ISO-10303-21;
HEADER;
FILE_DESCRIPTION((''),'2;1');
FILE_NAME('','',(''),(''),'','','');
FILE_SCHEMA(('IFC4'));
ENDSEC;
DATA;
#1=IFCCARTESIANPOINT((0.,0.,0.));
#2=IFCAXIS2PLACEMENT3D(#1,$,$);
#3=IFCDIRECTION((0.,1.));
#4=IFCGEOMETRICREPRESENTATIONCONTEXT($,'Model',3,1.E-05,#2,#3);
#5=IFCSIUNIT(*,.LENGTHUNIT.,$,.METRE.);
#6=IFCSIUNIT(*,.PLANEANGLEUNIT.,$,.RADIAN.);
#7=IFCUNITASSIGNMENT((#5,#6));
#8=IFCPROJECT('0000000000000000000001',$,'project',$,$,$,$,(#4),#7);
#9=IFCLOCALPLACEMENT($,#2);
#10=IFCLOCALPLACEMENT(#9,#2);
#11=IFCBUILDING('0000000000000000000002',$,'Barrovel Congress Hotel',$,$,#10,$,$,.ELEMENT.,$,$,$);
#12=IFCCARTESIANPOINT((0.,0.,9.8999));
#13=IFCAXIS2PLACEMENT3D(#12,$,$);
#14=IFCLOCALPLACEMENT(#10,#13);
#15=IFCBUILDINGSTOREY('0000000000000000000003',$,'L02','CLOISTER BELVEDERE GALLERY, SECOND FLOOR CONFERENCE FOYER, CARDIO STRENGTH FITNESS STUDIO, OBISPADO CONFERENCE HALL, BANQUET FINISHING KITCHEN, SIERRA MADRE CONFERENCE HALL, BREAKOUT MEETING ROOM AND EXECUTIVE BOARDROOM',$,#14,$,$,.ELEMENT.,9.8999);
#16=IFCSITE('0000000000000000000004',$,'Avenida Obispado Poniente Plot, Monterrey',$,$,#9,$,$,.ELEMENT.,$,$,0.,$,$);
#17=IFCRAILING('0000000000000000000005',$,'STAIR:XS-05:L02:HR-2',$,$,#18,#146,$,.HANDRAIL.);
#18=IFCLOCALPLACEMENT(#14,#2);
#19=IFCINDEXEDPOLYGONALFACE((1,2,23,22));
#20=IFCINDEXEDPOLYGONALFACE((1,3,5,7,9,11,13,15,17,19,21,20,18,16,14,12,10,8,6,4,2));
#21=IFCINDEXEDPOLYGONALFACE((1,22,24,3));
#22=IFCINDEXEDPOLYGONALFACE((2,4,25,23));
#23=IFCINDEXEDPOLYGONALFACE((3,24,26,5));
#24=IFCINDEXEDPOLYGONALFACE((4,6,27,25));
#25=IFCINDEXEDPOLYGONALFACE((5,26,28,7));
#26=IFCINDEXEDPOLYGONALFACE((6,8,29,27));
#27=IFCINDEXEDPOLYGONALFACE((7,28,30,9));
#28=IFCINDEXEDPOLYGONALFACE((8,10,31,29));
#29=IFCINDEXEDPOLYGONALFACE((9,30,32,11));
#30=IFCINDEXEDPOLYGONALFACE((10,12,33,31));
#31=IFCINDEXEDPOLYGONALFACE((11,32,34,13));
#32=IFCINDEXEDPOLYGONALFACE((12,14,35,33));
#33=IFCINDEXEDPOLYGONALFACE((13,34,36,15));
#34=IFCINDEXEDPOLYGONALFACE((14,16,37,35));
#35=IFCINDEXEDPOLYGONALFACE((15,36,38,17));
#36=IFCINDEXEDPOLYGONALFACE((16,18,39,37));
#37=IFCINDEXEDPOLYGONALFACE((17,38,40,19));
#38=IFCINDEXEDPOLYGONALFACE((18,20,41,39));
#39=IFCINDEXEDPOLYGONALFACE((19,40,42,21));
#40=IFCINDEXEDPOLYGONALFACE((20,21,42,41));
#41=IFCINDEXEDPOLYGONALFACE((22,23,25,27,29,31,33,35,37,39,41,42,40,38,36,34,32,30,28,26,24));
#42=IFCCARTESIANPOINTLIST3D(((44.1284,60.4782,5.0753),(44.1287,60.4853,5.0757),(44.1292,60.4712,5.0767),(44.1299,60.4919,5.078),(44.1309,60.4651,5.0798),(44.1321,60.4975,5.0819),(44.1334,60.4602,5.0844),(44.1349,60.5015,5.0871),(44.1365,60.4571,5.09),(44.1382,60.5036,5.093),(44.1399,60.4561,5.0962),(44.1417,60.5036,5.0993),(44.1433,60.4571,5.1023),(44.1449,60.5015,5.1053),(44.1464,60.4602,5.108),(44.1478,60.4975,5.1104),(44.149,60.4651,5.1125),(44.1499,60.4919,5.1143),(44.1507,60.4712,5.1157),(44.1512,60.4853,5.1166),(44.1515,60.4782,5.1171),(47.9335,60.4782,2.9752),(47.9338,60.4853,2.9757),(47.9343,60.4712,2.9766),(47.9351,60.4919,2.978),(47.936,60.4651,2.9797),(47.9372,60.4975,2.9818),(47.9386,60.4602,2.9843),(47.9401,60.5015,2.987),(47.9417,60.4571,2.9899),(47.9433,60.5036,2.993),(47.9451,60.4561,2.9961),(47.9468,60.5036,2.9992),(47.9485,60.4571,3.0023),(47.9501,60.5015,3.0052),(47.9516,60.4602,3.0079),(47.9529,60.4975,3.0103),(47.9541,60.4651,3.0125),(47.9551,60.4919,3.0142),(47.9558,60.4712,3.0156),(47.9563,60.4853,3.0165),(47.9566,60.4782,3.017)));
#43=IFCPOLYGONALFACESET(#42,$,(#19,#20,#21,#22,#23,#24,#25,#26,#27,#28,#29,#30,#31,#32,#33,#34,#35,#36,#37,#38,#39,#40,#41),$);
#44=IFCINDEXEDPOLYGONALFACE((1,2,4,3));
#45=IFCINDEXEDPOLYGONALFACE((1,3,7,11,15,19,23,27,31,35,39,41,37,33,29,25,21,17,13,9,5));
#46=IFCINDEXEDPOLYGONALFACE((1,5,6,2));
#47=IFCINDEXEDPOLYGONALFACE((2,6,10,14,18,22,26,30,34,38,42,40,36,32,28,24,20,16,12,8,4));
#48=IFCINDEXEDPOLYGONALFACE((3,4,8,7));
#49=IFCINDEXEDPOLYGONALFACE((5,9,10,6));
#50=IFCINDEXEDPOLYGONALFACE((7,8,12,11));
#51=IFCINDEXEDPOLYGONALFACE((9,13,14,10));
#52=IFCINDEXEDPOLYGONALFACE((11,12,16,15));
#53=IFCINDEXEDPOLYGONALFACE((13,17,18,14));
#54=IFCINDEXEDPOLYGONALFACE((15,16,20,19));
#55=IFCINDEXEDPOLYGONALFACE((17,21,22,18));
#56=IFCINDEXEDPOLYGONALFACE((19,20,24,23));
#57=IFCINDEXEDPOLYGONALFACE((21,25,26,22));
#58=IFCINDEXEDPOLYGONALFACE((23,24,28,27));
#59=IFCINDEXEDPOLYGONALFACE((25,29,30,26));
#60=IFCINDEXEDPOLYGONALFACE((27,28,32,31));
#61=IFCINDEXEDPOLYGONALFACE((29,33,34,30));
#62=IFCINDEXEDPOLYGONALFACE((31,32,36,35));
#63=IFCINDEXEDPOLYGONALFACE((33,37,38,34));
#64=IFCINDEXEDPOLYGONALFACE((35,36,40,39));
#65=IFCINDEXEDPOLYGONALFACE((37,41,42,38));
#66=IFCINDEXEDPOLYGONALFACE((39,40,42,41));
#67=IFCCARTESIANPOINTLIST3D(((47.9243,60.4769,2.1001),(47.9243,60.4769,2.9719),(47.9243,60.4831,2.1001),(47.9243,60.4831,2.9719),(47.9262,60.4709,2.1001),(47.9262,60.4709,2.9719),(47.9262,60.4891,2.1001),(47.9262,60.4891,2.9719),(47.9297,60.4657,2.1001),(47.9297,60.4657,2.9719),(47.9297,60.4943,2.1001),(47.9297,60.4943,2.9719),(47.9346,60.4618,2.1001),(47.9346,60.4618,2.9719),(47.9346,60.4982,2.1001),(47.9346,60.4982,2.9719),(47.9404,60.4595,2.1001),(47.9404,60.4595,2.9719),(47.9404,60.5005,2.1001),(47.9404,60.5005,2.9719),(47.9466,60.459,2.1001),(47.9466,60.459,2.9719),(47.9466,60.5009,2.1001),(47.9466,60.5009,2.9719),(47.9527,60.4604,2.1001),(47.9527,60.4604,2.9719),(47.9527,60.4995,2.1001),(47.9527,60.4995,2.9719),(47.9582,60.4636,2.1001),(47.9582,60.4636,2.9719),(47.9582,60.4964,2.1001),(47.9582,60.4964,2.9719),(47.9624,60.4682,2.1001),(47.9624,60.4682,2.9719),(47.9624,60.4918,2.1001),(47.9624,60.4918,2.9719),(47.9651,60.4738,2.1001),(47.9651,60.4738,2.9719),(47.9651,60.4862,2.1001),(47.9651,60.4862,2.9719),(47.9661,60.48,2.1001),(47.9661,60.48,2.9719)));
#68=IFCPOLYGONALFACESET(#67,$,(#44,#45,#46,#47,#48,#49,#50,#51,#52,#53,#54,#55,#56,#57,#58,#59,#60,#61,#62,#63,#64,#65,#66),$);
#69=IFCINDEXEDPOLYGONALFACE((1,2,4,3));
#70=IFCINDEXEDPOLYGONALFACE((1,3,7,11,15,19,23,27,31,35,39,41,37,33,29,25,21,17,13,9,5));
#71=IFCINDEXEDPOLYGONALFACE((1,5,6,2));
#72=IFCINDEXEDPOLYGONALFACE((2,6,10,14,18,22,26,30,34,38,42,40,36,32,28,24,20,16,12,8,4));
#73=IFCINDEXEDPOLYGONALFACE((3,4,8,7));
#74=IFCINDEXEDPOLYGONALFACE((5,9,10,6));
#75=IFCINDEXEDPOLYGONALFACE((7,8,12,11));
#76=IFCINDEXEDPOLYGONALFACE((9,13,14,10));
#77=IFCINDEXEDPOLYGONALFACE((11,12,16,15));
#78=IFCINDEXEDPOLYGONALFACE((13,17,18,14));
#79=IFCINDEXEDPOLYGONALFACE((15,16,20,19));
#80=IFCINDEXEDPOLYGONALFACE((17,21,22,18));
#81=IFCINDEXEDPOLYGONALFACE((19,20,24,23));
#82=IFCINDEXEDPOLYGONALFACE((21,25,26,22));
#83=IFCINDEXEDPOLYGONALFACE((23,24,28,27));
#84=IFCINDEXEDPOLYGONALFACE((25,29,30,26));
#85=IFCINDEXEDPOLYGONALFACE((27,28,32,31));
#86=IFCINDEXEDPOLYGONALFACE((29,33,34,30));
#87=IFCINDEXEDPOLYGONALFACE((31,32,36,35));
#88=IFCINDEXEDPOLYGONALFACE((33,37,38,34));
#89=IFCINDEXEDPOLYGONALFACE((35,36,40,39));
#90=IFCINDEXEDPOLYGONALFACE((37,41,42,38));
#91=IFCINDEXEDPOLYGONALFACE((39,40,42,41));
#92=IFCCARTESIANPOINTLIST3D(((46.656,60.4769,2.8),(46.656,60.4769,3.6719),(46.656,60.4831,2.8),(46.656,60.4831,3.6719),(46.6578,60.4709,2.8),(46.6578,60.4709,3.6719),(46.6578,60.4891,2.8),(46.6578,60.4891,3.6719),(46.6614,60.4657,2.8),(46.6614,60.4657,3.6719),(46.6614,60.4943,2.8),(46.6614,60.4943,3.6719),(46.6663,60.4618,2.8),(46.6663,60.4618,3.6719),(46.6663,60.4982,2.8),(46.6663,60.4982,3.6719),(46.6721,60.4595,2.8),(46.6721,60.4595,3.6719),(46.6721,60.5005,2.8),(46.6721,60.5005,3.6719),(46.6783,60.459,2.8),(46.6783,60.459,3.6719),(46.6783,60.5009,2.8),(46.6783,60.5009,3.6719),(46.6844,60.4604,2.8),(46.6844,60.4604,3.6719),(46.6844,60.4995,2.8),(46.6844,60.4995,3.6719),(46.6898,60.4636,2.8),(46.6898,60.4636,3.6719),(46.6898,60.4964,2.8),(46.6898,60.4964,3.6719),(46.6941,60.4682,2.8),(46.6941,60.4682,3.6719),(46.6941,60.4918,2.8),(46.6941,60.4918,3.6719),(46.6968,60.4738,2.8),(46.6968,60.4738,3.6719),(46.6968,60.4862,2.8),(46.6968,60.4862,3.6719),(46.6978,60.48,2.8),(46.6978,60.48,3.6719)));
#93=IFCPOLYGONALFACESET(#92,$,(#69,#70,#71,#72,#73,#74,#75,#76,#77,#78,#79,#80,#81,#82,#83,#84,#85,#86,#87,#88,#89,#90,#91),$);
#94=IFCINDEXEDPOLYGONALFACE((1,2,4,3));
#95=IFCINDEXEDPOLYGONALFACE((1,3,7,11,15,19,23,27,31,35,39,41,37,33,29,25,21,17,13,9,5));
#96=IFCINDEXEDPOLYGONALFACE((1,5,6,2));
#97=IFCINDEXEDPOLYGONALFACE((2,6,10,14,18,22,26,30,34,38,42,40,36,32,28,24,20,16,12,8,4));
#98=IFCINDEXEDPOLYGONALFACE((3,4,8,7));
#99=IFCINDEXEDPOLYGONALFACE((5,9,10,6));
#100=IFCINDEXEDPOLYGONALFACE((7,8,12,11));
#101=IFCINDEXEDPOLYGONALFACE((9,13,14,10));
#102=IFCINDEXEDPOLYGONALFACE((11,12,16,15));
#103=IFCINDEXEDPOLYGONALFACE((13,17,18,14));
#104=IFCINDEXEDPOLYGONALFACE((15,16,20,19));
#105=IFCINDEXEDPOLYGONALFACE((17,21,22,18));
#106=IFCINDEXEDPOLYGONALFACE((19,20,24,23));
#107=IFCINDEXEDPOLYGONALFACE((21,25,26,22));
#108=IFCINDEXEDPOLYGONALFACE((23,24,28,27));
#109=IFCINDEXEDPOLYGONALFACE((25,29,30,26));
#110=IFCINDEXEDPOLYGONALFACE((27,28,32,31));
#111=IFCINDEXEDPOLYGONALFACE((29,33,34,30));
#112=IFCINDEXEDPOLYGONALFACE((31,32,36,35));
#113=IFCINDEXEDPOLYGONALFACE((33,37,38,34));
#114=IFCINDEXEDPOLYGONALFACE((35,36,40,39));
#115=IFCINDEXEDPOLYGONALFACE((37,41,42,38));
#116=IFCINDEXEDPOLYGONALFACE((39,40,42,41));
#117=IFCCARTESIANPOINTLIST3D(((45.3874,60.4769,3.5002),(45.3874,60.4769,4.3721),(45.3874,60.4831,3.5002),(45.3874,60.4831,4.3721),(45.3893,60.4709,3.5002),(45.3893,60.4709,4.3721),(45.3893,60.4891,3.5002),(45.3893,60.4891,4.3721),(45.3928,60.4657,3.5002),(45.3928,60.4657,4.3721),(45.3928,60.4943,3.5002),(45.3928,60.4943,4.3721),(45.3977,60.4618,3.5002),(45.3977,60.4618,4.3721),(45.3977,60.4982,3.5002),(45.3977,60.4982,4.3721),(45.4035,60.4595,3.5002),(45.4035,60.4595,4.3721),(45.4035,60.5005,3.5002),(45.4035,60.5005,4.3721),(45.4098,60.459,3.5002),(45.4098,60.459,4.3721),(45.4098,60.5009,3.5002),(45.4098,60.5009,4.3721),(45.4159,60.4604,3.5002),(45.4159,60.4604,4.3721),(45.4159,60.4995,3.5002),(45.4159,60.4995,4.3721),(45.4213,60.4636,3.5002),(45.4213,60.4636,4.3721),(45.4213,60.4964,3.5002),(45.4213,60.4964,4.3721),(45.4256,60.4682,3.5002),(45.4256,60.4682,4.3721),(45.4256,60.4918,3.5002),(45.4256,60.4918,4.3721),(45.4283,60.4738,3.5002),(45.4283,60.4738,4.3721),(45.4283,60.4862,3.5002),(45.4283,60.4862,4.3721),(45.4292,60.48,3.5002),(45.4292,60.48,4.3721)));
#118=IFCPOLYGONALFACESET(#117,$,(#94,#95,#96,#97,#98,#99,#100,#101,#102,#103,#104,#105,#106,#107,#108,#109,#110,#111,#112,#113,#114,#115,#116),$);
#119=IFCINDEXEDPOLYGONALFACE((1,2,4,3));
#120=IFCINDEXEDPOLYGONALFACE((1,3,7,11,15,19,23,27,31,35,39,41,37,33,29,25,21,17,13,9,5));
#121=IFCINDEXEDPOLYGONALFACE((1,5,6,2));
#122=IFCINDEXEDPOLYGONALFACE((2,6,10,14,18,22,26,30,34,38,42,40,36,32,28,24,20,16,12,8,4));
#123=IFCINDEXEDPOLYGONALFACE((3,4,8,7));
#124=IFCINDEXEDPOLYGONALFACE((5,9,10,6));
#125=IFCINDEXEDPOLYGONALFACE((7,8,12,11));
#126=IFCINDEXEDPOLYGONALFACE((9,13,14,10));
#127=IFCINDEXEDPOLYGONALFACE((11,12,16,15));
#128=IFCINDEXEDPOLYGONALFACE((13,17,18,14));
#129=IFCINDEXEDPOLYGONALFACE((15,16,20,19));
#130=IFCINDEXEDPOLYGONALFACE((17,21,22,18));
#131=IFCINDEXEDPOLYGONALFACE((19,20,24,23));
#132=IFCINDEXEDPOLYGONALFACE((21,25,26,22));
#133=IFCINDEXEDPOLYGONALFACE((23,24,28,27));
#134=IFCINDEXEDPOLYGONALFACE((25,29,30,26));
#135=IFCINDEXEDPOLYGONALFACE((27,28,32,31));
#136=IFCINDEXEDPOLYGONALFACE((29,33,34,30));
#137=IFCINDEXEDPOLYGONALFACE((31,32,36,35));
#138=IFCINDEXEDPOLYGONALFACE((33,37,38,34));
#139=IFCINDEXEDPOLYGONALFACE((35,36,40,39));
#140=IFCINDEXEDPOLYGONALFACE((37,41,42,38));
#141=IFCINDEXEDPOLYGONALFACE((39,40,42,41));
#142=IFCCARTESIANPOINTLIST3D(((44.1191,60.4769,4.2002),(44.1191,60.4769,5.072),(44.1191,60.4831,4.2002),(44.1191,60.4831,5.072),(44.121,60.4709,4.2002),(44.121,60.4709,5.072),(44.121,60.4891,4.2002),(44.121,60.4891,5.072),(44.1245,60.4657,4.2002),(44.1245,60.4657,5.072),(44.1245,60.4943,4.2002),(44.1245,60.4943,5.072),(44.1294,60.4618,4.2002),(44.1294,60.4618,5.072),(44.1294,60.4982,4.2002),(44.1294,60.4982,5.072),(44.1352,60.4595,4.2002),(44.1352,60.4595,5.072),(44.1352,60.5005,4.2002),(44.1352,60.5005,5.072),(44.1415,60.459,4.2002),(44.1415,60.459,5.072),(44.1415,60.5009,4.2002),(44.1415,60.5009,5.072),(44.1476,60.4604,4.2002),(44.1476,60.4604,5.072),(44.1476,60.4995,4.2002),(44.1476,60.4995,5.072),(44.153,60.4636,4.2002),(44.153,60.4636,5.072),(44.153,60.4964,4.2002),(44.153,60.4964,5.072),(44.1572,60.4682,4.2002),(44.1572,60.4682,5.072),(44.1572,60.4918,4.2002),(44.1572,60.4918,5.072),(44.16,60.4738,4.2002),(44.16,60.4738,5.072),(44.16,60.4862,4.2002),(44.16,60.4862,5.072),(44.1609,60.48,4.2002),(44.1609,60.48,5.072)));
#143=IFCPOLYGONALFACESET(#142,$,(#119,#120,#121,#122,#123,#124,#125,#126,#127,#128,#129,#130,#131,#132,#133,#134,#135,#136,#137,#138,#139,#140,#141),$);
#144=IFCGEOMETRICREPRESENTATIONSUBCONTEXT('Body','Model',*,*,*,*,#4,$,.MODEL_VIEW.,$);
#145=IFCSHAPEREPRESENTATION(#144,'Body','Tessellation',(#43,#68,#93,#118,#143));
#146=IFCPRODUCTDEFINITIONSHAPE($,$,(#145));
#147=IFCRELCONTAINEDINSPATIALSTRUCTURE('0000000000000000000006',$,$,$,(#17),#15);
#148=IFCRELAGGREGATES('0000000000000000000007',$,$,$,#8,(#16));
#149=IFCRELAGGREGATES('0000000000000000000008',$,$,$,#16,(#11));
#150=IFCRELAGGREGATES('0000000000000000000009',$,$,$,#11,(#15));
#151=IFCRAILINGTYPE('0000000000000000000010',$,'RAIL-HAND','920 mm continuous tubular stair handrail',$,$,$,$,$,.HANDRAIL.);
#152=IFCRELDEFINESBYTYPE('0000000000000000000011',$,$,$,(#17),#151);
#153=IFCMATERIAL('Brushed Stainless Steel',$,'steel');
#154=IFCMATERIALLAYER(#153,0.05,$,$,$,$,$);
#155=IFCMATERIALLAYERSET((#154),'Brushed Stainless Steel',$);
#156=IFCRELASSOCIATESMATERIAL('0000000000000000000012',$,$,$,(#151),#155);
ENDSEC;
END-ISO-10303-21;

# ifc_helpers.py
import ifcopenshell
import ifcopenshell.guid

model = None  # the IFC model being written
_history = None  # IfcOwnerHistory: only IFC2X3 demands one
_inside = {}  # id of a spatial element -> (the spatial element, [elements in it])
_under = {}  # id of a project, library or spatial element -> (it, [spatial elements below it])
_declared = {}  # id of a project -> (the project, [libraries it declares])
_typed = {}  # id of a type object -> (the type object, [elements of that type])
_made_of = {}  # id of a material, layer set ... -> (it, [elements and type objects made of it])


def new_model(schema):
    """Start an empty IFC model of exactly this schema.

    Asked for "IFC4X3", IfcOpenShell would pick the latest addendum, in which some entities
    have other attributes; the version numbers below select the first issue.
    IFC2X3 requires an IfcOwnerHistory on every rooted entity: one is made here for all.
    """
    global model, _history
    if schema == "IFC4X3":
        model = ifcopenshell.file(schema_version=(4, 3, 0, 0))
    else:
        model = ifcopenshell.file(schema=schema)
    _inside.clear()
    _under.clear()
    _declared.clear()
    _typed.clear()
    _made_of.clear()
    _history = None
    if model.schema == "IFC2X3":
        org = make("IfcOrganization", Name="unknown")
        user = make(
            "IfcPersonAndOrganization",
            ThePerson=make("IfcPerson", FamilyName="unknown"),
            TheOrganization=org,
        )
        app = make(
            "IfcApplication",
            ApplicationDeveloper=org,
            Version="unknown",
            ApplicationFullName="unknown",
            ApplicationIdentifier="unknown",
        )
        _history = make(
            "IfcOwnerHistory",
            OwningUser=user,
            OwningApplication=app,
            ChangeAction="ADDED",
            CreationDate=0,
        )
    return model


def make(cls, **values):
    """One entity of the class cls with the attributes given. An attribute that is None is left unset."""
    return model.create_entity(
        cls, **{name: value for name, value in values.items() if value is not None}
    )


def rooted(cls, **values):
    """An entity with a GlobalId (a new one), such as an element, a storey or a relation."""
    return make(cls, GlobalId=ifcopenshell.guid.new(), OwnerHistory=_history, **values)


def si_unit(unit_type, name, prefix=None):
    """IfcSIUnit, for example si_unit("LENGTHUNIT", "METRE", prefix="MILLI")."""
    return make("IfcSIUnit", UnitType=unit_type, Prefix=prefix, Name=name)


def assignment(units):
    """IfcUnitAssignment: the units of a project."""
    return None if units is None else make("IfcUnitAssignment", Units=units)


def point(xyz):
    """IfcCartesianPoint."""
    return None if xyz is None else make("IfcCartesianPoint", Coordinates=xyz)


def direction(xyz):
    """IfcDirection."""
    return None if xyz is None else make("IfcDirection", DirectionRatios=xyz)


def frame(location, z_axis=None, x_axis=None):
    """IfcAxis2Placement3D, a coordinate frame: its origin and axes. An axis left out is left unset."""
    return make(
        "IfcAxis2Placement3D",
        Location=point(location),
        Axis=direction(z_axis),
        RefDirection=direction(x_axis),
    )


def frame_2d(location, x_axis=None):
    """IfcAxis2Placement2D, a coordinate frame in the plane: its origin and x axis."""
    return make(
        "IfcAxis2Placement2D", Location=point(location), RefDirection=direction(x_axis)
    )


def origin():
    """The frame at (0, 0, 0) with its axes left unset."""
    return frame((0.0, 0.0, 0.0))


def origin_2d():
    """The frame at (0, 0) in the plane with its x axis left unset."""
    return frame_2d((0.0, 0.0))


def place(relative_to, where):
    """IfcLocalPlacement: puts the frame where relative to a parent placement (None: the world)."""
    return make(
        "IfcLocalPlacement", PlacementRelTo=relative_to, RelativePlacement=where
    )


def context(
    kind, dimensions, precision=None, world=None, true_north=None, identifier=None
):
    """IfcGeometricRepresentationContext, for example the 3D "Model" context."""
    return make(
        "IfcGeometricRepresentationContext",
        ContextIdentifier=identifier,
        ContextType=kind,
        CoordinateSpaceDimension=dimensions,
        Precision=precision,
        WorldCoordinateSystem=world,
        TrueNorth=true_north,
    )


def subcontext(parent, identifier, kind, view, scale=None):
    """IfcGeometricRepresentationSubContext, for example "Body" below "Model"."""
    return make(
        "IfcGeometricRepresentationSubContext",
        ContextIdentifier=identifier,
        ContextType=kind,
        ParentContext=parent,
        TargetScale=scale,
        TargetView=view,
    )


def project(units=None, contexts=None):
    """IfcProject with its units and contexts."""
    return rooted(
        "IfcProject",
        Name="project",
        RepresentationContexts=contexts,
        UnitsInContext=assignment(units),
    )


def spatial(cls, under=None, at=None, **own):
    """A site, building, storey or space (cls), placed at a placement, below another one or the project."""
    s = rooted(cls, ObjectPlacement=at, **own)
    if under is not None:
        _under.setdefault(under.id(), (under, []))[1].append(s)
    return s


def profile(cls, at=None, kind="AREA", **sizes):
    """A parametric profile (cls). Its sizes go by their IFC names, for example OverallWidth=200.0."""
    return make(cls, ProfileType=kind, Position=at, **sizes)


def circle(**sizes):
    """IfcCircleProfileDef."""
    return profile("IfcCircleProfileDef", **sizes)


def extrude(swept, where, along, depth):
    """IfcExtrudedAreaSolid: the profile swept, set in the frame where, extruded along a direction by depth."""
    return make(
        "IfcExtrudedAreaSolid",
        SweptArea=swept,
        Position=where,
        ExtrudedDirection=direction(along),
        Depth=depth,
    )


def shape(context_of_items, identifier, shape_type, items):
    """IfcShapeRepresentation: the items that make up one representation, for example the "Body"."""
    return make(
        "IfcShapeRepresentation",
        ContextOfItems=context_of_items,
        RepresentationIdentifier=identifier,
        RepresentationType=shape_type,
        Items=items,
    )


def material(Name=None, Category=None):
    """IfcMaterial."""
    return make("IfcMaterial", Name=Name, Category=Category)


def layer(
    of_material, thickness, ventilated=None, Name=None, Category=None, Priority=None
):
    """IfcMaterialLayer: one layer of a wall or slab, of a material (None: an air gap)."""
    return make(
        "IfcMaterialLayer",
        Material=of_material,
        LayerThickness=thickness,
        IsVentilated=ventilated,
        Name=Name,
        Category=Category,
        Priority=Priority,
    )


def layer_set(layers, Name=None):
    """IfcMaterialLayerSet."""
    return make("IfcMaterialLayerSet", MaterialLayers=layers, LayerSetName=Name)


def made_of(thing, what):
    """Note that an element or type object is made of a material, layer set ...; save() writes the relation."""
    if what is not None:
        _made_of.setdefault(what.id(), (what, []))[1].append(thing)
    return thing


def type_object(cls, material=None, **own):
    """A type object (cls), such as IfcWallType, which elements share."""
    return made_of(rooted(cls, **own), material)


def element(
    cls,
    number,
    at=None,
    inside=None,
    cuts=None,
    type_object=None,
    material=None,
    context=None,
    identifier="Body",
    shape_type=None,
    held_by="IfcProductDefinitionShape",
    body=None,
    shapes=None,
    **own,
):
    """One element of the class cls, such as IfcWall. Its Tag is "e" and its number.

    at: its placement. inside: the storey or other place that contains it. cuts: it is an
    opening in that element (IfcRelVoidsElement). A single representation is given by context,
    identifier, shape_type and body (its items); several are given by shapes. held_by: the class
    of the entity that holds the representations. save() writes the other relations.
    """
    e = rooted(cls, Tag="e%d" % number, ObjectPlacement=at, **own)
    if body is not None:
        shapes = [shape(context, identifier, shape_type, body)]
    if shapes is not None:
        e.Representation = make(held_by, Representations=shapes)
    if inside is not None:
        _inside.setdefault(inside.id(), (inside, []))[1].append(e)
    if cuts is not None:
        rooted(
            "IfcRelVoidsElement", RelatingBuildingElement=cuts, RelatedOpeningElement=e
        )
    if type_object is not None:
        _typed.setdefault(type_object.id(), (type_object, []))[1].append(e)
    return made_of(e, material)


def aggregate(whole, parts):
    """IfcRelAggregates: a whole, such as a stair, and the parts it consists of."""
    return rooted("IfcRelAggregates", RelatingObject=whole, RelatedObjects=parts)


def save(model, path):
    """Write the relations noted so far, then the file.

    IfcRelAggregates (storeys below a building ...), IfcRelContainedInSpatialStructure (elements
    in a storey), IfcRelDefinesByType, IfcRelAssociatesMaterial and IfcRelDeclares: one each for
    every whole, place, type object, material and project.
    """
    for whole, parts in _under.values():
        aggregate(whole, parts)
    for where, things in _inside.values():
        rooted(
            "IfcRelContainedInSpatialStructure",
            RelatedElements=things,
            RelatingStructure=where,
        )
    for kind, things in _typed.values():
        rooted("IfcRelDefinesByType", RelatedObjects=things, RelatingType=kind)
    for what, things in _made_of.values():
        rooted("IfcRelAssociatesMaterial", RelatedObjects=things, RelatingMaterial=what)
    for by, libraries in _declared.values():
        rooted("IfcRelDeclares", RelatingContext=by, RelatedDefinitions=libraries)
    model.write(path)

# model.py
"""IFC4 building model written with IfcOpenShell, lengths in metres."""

from ifc_helpers import new_model, si_unit, direction, frame, origin, origin_2d, place, context, subcontext, project, spatial, circle, extrude, material, layer, layer_set, type_object, element, save


model = new_model("IFC4")

# Units and contexts
model_context = context("Model", 3, precision=1e-05, world=origin(), true_north=direction((0.0, 1.0)))
body_context = subcontext(model_context, "Body", "Model", "MODEL_VIEW")
ifc_project = project(units=[si_unit("LENGTHUNIT", "METRE"), si_unit("PLANEANGLEUNIT", "RADIAN")], contexts=[model_context])

# Site, building, storey
site_placement = place(None, origin())
site = spatial("IfcSite", under=ifc_project, at=site_placement, Name="Avenida Obispado Poniente Plot, Monterrey", CompositionType="ELEMENT", RefElevation=0.0)
building_placement = place(site_placement, origin())
building = spatial("IfcBuilding", under=site, at=building_placement, Name="Barrovel Congress Hotel", CompositionType="ELEMENT")
storey_placement = place(building_placement, frame((0.0, 0.0, 9.8999)))
storey = spatial("IfcBuildingStorey", under=building, at=storey_placement, Name="L02", Description="CLOISTER BELVEDERE GALLERY, SECOND FLOOR CONFERENCE FOYER, CARDIO STRENGTH FITNESS STUDIO, OBISPADO CONFERENCE HALL, BANQUET FINISHING KITCHEN, SIERRA MADRE CONFERENCE HALL, BREAKOUT MEETING ROOM AND EXECUTIVE BOARDROOM", CompositionType="ELEMENT", Elevation=9.8999)

# Shared definitions
ifc_material_1 = material(Name="Brushed Stainless Steel", Category="steel")

# Railing
ifc_layer_1 = layer(ifc_material_1, 0.05)
ifc_layer_set_1 = layer_set([ifc_layer_1], Name="Brushed Stainless Steel")
railing_type_1 = type_object("IfcRailingType", Name="RAIL-HAND", Description="920 mm continuous tubular stair handrail", PredefinedType="HANDRAIL", material=ifc_layer_set_1)
railing_1_placement = place(storey_placement, frame((47.9451, 60.48, 2.1001)))
element("IfcRailing", 1, at=railing_1_placement, inside=storey, type_object=railing_type_1, Name="STAIR:XS-05:L02:HR-2", PredefinedType="HANDRAIL", context=body_context, shape_type="SweptSolid", body=[
    extrude(circle(Radius=0.0239, at=origin_2d()), frame((0.0, 0.0, 0.896), z_axis=(-0.87551, 0.0, 0.483199), x_axis=(0.0, -1.0, 0.0)), (0.0, 0.0, 1.0), 4.3462),
    extrude(circle(Radius=0.021, at=origin_2d()), origin(), (0.0, 0.0, 1.0), 0.8718),
    extrude(circle(Radius=0.021, at=origin_2d()), frame((-1.2683, 0.0, 0.7)), (0.0, 0.0, 1.0), 0.8718),
    extrude(circle(Radius=0.021, at=origin_2d()), frame((-2.5369, 0.0, 1.4001)), (0.0, 0.0, 1.0), 0.8718),
    extrude(circle(Radius=0.021, at=origin_2d()), frame((-3.8052, 0.0, 2.1001)), (0.0, 0.0, 1.0), 0.8718),
])

save(model, "model.ifc")
